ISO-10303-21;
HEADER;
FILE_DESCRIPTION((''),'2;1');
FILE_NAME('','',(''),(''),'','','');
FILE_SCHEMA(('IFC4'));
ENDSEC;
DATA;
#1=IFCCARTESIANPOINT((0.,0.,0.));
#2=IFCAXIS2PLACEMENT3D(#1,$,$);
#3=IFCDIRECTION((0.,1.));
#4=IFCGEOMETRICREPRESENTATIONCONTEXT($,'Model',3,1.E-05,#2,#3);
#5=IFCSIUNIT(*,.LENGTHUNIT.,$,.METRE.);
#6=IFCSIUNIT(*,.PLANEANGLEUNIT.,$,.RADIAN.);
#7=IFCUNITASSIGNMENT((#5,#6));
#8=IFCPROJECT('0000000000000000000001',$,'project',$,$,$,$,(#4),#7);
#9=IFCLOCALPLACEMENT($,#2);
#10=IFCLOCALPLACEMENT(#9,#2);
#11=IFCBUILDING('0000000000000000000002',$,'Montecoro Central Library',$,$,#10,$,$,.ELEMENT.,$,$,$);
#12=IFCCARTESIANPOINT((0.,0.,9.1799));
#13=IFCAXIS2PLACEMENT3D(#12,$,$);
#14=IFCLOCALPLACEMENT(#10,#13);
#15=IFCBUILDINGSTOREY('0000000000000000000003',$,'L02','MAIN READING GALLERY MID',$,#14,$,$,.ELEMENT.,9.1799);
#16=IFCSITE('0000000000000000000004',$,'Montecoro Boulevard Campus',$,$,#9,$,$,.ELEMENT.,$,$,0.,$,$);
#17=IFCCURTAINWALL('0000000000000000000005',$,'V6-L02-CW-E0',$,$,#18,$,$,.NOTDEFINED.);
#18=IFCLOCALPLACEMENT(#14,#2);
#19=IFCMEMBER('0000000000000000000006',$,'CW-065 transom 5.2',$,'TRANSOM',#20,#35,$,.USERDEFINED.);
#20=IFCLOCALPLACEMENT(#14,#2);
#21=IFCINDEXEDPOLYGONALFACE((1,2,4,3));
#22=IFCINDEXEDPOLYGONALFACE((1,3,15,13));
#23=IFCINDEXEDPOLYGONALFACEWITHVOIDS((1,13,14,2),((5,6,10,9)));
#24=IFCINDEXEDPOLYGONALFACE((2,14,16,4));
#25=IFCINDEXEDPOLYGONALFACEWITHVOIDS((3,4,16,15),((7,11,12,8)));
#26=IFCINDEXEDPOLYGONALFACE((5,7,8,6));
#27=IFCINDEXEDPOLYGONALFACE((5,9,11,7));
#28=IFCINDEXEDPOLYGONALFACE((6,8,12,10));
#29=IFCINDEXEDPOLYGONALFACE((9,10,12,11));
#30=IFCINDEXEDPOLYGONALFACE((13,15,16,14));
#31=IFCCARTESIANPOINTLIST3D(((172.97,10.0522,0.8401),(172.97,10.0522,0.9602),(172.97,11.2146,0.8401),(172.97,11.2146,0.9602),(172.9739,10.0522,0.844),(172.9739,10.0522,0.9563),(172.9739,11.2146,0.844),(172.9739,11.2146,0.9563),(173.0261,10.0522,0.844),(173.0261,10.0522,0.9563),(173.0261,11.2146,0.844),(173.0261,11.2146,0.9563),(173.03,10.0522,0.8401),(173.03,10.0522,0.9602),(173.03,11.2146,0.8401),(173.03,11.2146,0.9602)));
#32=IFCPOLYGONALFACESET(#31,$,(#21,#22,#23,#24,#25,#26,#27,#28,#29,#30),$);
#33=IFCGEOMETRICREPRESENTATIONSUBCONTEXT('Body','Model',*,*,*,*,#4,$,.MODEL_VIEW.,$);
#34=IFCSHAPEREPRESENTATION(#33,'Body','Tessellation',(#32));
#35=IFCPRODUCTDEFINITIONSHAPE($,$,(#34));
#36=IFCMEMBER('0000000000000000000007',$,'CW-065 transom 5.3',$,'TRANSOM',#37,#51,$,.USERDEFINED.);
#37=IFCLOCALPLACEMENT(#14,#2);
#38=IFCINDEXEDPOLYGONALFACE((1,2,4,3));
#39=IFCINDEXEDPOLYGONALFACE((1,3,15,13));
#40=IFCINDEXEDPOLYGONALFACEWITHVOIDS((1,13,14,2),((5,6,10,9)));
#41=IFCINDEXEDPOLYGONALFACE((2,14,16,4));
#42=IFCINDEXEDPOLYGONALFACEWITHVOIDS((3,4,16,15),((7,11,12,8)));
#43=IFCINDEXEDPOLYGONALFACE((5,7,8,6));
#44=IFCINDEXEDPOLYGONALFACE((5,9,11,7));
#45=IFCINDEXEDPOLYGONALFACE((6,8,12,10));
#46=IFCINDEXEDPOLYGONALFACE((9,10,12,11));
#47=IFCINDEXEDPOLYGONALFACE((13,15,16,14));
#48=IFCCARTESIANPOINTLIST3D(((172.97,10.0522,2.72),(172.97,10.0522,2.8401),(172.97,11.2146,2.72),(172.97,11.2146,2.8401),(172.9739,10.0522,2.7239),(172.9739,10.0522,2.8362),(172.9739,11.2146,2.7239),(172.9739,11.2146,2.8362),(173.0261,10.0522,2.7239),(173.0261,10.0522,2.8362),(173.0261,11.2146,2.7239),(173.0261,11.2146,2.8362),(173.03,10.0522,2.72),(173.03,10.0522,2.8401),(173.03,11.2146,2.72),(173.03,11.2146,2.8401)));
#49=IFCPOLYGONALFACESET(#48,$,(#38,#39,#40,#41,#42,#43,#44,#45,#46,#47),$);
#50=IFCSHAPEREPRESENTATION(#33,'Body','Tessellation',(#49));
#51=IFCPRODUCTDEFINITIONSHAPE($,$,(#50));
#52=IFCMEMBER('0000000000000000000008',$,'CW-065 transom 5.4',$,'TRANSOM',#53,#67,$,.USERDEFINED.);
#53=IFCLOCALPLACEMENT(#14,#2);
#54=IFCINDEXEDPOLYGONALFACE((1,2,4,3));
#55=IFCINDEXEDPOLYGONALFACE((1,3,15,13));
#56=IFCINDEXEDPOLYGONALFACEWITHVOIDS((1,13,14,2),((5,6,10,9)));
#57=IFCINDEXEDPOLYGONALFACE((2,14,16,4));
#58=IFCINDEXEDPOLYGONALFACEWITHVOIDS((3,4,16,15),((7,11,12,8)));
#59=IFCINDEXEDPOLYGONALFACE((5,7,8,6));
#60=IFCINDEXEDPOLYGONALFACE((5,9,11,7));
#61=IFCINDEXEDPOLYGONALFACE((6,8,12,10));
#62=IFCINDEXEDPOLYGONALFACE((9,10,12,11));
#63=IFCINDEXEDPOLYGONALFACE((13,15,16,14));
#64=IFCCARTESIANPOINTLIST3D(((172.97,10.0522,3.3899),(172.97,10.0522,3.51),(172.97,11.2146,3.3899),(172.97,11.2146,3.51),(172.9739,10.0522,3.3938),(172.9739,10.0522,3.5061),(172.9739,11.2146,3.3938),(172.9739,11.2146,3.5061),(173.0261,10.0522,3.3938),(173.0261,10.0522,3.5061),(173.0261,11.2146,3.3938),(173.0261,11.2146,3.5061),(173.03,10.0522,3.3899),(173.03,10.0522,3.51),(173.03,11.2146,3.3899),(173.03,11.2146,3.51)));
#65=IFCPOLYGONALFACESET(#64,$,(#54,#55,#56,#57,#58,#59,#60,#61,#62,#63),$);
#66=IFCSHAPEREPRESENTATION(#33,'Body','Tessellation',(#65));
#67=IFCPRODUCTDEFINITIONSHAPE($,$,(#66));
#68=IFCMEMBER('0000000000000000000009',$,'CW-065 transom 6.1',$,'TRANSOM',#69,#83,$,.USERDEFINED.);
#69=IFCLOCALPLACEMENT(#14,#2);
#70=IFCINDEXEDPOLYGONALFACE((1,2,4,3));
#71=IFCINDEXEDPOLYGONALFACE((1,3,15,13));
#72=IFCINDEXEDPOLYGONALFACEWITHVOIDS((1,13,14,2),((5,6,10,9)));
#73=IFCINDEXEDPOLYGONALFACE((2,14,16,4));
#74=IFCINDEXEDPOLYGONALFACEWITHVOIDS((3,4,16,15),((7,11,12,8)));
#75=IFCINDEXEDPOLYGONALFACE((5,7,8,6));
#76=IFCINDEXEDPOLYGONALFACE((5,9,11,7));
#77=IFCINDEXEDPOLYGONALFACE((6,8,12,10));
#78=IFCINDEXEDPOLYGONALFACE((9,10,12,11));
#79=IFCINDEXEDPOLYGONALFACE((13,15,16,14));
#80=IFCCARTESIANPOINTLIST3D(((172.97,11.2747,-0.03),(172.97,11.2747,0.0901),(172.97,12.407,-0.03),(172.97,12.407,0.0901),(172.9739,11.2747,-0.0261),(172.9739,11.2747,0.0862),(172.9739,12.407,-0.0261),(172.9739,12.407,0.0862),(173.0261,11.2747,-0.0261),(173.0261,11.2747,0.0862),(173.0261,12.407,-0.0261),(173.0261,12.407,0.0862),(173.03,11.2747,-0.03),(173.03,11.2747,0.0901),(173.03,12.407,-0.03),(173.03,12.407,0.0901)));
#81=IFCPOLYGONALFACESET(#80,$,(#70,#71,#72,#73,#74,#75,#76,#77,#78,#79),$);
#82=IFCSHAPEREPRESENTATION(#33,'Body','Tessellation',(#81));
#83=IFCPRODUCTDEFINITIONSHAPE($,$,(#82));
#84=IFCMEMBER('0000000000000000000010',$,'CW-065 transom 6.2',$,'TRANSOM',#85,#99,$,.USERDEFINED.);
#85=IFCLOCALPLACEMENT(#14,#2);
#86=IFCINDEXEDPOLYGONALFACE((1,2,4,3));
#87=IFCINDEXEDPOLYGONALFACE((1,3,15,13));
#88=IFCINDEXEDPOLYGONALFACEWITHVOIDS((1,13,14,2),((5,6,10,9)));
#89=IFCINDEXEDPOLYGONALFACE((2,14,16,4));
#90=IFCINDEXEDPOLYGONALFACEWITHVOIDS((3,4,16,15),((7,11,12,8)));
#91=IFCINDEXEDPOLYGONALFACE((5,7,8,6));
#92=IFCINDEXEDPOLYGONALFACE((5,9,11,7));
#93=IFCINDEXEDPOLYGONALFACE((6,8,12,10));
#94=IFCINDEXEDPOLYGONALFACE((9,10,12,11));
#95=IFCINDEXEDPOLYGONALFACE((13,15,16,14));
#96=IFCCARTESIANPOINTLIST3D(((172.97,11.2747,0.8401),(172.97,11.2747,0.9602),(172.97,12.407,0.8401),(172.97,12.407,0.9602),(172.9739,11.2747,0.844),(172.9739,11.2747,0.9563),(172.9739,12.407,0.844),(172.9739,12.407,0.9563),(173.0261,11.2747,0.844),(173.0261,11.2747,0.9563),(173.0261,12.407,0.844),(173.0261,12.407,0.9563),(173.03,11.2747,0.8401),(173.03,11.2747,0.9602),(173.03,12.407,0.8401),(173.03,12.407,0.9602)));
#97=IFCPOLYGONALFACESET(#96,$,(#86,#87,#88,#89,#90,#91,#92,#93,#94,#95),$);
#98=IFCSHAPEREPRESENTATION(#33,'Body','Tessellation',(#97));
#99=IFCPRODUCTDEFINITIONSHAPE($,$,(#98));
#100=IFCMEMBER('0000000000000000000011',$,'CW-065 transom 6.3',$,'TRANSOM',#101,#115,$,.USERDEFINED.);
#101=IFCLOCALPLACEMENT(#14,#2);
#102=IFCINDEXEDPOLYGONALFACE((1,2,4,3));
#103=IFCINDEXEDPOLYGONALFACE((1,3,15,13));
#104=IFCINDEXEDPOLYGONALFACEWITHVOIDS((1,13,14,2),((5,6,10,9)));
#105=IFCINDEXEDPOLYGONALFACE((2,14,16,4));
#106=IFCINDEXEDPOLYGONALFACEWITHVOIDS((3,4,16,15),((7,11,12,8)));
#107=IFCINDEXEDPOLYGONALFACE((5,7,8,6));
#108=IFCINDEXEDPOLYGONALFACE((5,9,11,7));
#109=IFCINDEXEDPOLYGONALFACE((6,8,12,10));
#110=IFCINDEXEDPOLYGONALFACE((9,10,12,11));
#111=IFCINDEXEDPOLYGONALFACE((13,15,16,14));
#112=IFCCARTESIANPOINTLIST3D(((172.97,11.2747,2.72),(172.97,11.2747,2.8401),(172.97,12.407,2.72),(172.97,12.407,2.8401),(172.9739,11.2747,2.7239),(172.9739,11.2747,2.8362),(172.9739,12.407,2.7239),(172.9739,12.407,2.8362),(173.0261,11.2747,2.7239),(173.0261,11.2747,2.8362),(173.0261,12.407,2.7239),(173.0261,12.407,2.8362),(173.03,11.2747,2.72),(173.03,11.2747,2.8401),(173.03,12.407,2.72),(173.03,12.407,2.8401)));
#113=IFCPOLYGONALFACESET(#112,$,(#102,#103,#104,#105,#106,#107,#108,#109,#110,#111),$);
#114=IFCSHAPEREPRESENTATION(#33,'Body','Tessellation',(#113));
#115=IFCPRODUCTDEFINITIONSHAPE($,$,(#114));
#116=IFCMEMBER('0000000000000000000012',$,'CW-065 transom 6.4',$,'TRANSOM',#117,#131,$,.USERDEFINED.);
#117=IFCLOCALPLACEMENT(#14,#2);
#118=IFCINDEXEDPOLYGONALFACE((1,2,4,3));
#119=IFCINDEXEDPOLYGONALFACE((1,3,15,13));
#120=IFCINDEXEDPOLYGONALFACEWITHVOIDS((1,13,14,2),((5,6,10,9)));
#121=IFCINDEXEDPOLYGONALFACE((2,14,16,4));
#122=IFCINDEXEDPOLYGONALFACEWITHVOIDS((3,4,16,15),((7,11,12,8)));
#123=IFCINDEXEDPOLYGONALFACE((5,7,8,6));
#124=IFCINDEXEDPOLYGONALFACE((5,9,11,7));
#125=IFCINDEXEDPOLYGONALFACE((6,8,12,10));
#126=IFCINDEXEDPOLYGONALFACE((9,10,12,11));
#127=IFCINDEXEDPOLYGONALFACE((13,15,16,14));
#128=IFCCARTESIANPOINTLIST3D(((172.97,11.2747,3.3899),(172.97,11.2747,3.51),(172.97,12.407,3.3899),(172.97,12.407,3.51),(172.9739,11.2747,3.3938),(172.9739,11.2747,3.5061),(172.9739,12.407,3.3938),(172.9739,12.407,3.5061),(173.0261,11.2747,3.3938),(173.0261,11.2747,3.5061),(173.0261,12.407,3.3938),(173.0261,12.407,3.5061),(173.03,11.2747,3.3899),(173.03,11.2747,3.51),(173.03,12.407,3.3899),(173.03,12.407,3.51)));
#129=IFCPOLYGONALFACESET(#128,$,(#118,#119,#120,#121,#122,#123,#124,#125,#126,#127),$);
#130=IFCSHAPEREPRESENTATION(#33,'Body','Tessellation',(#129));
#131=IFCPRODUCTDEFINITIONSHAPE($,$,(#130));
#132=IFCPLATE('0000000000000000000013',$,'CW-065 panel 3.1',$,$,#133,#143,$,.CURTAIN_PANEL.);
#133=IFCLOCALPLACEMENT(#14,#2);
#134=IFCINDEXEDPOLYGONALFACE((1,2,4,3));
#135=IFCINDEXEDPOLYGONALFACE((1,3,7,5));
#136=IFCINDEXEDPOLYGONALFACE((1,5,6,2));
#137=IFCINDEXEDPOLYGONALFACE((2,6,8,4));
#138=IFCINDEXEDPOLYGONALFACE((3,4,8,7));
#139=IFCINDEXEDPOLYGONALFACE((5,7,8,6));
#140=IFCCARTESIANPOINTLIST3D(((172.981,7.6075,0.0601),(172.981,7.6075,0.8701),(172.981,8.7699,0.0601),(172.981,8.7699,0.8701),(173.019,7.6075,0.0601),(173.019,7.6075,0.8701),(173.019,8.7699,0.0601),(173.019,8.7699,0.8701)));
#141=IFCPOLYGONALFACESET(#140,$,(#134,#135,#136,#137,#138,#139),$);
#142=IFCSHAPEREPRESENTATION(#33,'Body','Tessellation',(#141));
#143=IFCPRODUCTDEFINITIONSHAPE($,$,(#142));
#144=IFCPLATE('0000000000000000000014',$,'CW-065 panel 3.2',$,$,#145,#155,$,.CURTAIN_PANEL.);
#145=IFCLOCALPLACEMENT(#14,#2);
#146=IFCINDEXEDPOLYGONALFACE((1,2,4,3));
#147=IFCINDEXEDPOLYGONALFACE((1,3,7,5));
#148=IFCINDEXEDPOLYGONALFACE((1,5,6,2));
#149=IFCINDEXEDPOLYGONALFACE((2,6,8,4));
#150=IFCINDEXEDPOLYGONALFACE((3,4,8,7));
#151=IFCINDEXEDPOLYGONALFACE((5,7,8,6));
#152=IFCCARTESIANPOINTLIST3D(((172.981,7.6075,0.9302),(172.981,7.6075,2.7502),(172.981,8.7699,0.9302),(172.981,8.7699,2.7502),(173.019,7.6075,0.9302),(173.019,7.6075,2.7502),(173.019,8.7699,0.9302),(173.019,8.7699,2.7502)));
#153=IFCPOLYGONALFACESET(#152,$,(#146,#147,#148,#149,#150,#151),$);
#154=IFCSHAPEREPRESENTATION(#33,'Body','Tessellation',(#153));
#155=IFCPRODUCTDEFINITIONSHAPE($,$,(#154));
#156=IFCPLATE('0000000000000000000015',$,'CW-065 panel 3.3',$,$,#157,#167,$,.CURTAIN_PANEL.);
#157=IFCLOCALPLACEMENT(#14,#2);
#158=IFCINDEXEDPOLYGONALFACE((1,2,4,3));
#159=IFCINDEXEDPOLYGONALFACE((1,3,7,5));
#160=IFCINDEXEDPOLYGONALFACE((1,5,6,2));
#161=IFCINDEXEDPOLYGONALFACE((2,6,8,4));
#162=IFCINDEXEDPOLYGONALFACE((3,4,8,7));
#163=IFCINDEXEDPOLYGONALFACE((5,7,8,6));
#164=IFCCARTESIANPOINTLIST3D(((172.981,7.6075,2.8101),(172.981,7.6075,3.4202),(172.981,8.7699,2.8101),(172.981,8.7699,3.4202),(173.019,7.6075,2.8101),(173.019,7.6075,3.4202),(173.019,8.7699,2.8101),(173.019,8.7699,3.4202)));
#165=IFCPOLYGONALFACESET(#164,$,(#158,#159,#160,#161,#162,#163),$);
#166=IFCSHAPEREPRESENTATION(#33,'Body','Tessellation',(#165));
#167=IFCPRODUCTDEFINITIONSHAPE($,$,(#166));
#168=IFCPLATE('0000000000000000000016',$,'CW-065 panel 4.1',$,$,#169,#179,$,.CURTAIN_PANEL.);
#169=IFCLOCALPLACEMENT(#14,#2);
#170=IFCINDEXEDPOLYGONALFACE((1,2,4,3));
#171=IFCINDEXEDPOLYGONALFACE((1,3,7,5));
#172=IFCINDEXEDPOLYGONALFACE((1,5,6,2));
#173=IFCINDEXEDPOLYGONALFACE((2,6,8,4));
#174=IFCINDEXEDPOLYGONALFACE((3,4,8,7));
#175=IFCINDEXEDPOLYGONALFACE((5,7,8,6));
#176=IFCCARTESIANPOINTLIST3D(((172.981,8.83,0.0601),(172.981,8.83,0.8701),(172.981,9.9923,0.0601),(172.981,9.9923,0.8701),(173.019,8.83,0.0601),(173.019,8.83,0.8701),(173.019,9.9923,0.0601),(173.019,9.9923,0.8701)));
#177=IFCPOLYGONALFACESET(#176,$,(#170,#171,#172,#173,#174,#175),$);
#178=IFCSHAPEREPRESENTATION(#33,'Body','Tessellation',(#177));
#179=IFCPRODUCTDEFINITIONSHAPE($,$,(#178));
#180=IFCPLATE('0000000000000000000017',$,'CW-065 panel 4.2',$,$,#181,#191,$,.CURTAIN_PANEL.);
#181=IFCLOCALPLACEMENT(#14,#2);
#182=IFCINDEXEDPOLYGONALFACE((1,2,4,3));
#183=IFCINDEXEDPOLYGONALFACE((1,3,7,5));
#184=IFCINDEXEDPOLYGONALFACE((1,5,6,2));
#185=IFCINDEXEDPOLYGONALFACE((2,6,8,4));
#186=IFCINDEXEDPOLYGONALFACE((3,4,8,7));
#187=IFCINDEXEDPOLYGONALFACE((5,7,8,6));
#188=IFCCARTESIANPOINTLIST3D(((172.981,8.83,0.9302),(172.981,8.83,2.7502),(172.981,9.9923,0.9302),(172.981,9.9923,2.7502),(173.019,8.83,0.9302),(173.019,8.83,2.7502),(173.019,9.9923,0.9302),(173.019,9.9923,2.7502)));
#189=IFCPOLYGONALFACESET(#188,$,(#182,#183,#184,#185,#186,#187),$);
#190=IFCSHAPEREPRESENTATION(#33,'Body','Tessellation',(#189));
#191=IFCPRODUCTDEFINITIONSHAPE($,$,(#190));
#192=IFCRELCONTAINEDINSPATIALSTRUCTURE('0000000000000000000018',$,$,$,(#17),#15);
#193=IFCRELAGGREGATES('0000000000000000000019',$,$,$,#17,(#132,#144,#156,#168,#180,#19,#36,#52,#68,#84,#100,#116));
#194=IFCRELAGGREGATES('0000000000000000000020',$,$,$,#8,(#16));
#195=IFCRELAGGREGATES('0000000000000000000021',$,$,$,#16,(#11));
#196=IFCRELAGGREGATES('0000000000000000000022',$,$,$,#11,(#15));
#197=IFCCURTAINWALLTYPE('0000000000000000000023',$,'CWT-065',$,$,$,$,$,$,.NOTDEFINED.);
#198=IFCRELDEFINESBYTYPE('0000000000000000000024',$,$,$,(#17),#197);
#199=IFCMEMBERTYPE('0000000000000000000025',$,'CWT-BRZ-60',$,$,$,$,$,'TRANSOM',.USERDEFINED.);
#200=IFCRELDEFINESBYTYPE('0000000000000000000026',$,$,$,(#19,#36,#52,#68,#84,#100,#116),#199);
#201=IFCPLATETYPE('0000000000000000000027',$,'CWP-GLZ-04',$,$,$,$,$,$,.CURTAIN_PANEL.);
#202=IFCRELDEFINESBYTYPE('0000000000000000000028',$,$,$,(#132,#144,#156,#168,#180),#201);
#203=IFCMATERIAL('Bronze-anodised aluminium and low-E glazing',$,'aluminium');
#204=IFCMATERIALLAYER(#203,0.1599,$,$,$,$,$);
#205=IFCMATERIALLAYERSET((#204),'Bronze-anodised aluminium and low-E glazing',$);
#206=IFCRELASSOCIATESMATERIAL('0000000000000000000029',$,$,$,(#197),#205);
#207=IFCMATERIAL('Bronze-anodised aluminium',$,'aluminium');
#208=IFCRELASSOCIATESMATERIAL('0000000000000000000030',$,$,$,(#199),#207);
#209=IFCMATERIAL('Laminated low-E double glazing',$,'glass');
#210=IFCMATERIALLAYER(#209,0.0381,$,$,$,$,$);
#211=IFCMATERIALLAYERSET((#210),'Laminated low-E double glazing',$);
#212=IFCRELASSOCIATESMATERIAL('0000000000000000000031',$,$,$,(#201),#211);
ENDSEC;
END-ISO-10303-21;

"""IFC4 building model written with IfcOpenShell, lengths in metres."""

from ifc_helpers import new_model, si_unit, direction, frame, origin, origin_2d, place, context, subcontext, project, spatial, rectangle, hollow_rectangle, extrude, material, layer, layer_set, material_profile, profile_set, type_object, element, aggregate, save


model = new_model("IFC4")

# Units and contexts
model_context = context("Model", 3, precision=1e-05, world=origin(), true_north=direction((0.0, 1.0)))
body_context = subcontext(model_context, "Body", "Model", "MODEL_VIEW")
ifc_project = project(units=[si_unit("LENGTHUNIT", "METRE"), si_unit("PLANEANGLEUNIT", "RADIAN")], contexts=[model_context])

# Site, building, storey
site_placement = place(None, origin())
site = spatial("IfcSite", under=ifc_project, at=site_placement, Name="Montecoro Boulevard Campus", CompositionType="ELEMENT", RefElevation=0.0)
building_placement = place(site_placement, origin())
building = spatial("IfcBuilding", under=site, at=building_placement, Name="Montecoro Central Library", CompositionType="ELEMENT")
storey_placement = place(building_placement, frame((0.0, 0.0, 9.1799)))
storey = spatial("IfcBuildingStorey", under=building, at=storey_placement, Name="L02", Description="MAIN READING GALLERY MID", CompositionType="ELEMENT", Elevation=9.1799)

# Curtain wall, members, plates
ifc_material_1 = material(Name="Bronze-anodised aluminium and low-E glazing", Category="aluminium")
ifc_layer_1 = layer(ifc_material_1, 0.1599)
ifc_layer_set_1 = layer_set([ifc_layer_1], Name="Bronze-anodised aluminium and low-E glazing")
curtain_wall_type = type_object("IfcCurtainWallType", Name="CWT-065", PredefinedType="NOTDEFINED", material=ifc_layer_set_1)
curtain_wall_placement = place(storey_placement, origin())
curtain_wall = element("IfcCurtainWall", 1, at=curtain_wall_placement, inside=storey, type_object=curtain_wall_type, Name="V6-L02-CW-E0", PredefinedType="NOTDEFINED")
ifc_material_2 = material(Name="Bronze-anodised aluminium", Category="aluminium")
ifc_material_profile_1 = material_profile(ifc_material_2, hollow_rectangle(XDim=0.0601, YDim=0.1201, WallThickness=0.0039, at=origin_2d()), Name="CWT 120x60x4.0")
ifc_profile_set_1 = profile_set([ifc_material_profile_1], Name="Bronze-anodised aluminium")
member_type_1 = type_object("IfcMemberType", Name="CWT-BRZ-60", ElementType="TRANSOM", PredefinedType="USERDEFINED", material=ifc_profile_set_1)
member_1_placement = place(storey_placement, frame((173.0, 10.0522, 0.9001), z_axis=(0.0, 1.0, 0.0), x_axis=(-1.0, 0.0, 0.0)))
member_1 = element("IfcMember", 2, at=member_1_placement, type_object=member_type_1, Name="CW-065 transom 5.2", ObjectType="TRANSOM", PredefinedType="USERDEFINED", context=body_context, shape_type="SweptSolid", body=[
    extrude(hollow_rectangle(XDim=0.0601, YDim=0.1201, WallThickness=0.0039, at=origin_2d()), origin(), (0.0, 0.0, 1.0), 1.1624),
])
member_2_placement = place(storey_placement, frame((173.0, 10.0522, 2.78), z_axis=(0.0, 1.0, 0.0), x_axis=(-1.0, 0.0, 0.0)))
member_2 = element("IfcMember", 3, at=member_2_placement, type_object=member_type_1, Name="CW-065 transom 5.3", ObjectType="TRANSOM", PredefinedType="USERDEFINED", context=body_context, shape_type="SweptSolid", body=[
    extrude(hollow_rectangle(XDim=0.0601, YDim=0.1201, WallThickness=0.0039, at=origin_2d()), origin(), (0.0, 0.0, 1.0), 1.1624),
])
member_3_placement = place(storey_placement, frame((173.0, 10.0522, 3.45), z_axis=(0.0, 1.0, 0.0), x_axis=(-1.0, 0.0, 0.0)))
member_3 = element("IfcMember", 4, at=member_3_placement, type_object=member_type_1, Name="CW-065 transom 5.4", ObjectType="TRANSOM", PredefinedType="USERDEFINED", context=body_context, shape_type="SweptSolid", body=[
    extrude(hollow_rectangle(XDim=0.0601, YDim=0.1201, WallThickness=0.0039, at=origin_2d()), origin(), (0.0, 0.0, 1.0), 1.1624),
])
member_4_placement = place(storey_placement, frame((173.0, 11.2747, 0.03), z_axis=(0.0, 1.0, 0.0), x_axis=(-1.0, 0.0, 0.0)))
member_4 = element("IfcMember", 5, at=member_4_placement, type_object=member_type_1, Name="CW-065 transom 6.1", ObjectType="TRANSOM", PredefinedType="USERDEFINED", context=body_context, shape_type="SweptSolid", body=[
    extrude(hollow_rectangle(XDim=0.0601, YDim=0.1201, WallThickness=0.0039, at=origin_2d()), origin(), (0.0, 0.0, 1.0), 1.1323),
])
member_5_placement = place(storey_placement, frame((173.0, 11.2747, 0.9001), z_axis=(0.0, 1.0, 0.0), x_axis=(-1.0, 0.0, 0.0)))
member_5 = element("IfcMember", 6, at=member_5_placement, type_object=member_type_1, Name="CW-065 transom 6.2", ObjectType="TRANSOM", PredefinedType="USERDEFINED", context=body_context, shape_type="SweptSolid", body=[
    extrude(hollow_rectangle(XDim=0.0601, YDim=0.1201, WallThickness=0.0039, at=origin_2d()), origin(), (0.0, 0.0, 1.0), 1.1323),
])
member_6_placement = place(storey_placement, frame((173.0, 11.2747, 2.78), z_axis=(0.0, 1.0, 0.0), x_axis=(-1.0, 0.0, 0.0)))
member_6 = element("IfcMember", 7, at=member_6_placement, type_object=member_type_1, Name="CW-065 transom 6.3", ObjectType="TRANSOM", PredefinedType="USERDEFINED", context=body_context, shape_type="SweptSolid", body=[
    extrude(hollow_rectangle(XDim=0.0601, YDim=0.1201, WallThickness=0.0039, at=origin_2d()), origin(), (0.0, 0.0, 1.0), 1.1323),
])
member_7_placement = place(storey_placement, frame((173.0, 11.2747, 3.45), z_axis=(0.0, 1.0, 0.0), x_axis=(-1.0, 0.0, 0.0)))
member_7 = element("IfcMember", 8, at=member_7_placement, type_object=member_type_1, Name="CW-065 transom 6.4", ObjectType="TRANSOM", PredefinedType="USERDEFINED", context=body_context, shape_type="SweptSolid", body=[
    extrude(hollow_rectangle(XDim=0.0601, YDim=0.1201, WallThickness=0.0039, at=origin_2d()), origin(), (0.0, 0.0, 1.0), 1.1323),
])
ifc_material_3 = material(Name="Laminated low-E double glazing", Category="glass")
ifc_layer_2 = layer(ifc_material_3, 0.0381)
ifc_layer_set_2 = layer_set([ifc_layer_2], Name="Laminated low-E double glazing")
plate_type = type_object("IfcPlateType", Name="CWP-GLZ-04", PredefinedType="CURTAIN_PANEL", material=ifc_layer_set_2)
plate_1_placement = place(storey_placement, frame((173.0, 8.1887, 0.0601), z_axis=(0.0, 0.0, 1.0), x_axis=(0.0, 1.0, 0.0)))
plate_1 = element("IfcPlate", 9, at=plate_1_placement, type_object=plate_type, Name="CW-065 panel 3.1", PredefinedType="CURTAIN_PANEL", context=body_context, shape_type="SweptSolid", body=[
    extrude(rectangle(XDim=1.1624, YDim=0.0381, at=origin_2d()), origin(), (0.0, 0.0, 1.0), 0.8101),
])
plate_2_placement = place(storey_placement, frame((173.0, 8.1887, 0.9302), z_axis=(0.0, 0.0, 1.0), x_axis=(0.0, 1.0, 0.0)))
plate_2 = element("IfcPlate", 10, at=plate_2_placement, type_object=plate_type, Name="CW-065 panel 3.2", PredefinedType="CURTAIN_PANEL", context=body_context, shape_type="SweptSolid", body=[
    extrude(rectangle(XDim=1.1624, YDim=0.0381, at=origin_2d()), origin(), (0.0, 0.0, 1.0), 1.8201),
])
plate_3_placement = place(storey_placement, frame((173.0, 8.1887, 2.8101), z_axis=(0.0, 0.0, 1.0), x_axis=(0.0, 1.0, 0.0)))
plate_3 = element("IfcPlate", 11, at=plate_3_placement, type_object=plate_type, Name="CW-065 panel 3.3", PredefinedType="CURTAIN_PANEL", context=body_context, shape_type="SweptSolid", body=[
    extrude(rectangle(XDim=1.1624, YDim=0.0381, at=origin_2d()), origin(), (0.0, 0.0, 1.0), 0.6101),
])
plate_4_placement = place(storey_placement, frame((173.0, 9.4111, 0.0601), z_axis=(0.0, 0.0, 1.0), x_axis=(0.0, 1.0, 0.0)))
plate_4 = element("IfcPlate", 12, at=plate_4_placement, type_object=plate_type, Name="CW-065 panel 4.1", PredefinedType="CURTAIN_PANEL", context=body_context, shape_type="SweptSolid", body=[
    extrude(rectangle(XDim=1.1624, YDim=0.0381, at=origin_2d()), origin(), (0.0, 0.0, 1.0), 0.8101),
])
plate_5_placement = place(storey_placement, frame((173.0, 9.4111, 0.9302), z_axis=(0.0, 0.0, 1.0), x_axis=(0.0, 1.0, 0.0)))
plate_5 = element("IfcPlate", 13, at=plate_5_placement, type_object=plate_type, Name="CW-065 panel 4.2", PredefinedType="CURTAIN_PANEL", context=body_context, shape_type="SweptSolid", body=[
    extrude(rectangle(XDim=1.1624, YDim=0.0381, at=origin_2d()), origin(), (0.0, 0.0, 1.0), 1.8201),
])
aggregate(curtain_wall, [plate_1, plate_2, plate_3, plate_4, plate_5, member_1, member_2, member_3, member_4, member_5, member_6, member_7])

save(model, "model.ifc")
